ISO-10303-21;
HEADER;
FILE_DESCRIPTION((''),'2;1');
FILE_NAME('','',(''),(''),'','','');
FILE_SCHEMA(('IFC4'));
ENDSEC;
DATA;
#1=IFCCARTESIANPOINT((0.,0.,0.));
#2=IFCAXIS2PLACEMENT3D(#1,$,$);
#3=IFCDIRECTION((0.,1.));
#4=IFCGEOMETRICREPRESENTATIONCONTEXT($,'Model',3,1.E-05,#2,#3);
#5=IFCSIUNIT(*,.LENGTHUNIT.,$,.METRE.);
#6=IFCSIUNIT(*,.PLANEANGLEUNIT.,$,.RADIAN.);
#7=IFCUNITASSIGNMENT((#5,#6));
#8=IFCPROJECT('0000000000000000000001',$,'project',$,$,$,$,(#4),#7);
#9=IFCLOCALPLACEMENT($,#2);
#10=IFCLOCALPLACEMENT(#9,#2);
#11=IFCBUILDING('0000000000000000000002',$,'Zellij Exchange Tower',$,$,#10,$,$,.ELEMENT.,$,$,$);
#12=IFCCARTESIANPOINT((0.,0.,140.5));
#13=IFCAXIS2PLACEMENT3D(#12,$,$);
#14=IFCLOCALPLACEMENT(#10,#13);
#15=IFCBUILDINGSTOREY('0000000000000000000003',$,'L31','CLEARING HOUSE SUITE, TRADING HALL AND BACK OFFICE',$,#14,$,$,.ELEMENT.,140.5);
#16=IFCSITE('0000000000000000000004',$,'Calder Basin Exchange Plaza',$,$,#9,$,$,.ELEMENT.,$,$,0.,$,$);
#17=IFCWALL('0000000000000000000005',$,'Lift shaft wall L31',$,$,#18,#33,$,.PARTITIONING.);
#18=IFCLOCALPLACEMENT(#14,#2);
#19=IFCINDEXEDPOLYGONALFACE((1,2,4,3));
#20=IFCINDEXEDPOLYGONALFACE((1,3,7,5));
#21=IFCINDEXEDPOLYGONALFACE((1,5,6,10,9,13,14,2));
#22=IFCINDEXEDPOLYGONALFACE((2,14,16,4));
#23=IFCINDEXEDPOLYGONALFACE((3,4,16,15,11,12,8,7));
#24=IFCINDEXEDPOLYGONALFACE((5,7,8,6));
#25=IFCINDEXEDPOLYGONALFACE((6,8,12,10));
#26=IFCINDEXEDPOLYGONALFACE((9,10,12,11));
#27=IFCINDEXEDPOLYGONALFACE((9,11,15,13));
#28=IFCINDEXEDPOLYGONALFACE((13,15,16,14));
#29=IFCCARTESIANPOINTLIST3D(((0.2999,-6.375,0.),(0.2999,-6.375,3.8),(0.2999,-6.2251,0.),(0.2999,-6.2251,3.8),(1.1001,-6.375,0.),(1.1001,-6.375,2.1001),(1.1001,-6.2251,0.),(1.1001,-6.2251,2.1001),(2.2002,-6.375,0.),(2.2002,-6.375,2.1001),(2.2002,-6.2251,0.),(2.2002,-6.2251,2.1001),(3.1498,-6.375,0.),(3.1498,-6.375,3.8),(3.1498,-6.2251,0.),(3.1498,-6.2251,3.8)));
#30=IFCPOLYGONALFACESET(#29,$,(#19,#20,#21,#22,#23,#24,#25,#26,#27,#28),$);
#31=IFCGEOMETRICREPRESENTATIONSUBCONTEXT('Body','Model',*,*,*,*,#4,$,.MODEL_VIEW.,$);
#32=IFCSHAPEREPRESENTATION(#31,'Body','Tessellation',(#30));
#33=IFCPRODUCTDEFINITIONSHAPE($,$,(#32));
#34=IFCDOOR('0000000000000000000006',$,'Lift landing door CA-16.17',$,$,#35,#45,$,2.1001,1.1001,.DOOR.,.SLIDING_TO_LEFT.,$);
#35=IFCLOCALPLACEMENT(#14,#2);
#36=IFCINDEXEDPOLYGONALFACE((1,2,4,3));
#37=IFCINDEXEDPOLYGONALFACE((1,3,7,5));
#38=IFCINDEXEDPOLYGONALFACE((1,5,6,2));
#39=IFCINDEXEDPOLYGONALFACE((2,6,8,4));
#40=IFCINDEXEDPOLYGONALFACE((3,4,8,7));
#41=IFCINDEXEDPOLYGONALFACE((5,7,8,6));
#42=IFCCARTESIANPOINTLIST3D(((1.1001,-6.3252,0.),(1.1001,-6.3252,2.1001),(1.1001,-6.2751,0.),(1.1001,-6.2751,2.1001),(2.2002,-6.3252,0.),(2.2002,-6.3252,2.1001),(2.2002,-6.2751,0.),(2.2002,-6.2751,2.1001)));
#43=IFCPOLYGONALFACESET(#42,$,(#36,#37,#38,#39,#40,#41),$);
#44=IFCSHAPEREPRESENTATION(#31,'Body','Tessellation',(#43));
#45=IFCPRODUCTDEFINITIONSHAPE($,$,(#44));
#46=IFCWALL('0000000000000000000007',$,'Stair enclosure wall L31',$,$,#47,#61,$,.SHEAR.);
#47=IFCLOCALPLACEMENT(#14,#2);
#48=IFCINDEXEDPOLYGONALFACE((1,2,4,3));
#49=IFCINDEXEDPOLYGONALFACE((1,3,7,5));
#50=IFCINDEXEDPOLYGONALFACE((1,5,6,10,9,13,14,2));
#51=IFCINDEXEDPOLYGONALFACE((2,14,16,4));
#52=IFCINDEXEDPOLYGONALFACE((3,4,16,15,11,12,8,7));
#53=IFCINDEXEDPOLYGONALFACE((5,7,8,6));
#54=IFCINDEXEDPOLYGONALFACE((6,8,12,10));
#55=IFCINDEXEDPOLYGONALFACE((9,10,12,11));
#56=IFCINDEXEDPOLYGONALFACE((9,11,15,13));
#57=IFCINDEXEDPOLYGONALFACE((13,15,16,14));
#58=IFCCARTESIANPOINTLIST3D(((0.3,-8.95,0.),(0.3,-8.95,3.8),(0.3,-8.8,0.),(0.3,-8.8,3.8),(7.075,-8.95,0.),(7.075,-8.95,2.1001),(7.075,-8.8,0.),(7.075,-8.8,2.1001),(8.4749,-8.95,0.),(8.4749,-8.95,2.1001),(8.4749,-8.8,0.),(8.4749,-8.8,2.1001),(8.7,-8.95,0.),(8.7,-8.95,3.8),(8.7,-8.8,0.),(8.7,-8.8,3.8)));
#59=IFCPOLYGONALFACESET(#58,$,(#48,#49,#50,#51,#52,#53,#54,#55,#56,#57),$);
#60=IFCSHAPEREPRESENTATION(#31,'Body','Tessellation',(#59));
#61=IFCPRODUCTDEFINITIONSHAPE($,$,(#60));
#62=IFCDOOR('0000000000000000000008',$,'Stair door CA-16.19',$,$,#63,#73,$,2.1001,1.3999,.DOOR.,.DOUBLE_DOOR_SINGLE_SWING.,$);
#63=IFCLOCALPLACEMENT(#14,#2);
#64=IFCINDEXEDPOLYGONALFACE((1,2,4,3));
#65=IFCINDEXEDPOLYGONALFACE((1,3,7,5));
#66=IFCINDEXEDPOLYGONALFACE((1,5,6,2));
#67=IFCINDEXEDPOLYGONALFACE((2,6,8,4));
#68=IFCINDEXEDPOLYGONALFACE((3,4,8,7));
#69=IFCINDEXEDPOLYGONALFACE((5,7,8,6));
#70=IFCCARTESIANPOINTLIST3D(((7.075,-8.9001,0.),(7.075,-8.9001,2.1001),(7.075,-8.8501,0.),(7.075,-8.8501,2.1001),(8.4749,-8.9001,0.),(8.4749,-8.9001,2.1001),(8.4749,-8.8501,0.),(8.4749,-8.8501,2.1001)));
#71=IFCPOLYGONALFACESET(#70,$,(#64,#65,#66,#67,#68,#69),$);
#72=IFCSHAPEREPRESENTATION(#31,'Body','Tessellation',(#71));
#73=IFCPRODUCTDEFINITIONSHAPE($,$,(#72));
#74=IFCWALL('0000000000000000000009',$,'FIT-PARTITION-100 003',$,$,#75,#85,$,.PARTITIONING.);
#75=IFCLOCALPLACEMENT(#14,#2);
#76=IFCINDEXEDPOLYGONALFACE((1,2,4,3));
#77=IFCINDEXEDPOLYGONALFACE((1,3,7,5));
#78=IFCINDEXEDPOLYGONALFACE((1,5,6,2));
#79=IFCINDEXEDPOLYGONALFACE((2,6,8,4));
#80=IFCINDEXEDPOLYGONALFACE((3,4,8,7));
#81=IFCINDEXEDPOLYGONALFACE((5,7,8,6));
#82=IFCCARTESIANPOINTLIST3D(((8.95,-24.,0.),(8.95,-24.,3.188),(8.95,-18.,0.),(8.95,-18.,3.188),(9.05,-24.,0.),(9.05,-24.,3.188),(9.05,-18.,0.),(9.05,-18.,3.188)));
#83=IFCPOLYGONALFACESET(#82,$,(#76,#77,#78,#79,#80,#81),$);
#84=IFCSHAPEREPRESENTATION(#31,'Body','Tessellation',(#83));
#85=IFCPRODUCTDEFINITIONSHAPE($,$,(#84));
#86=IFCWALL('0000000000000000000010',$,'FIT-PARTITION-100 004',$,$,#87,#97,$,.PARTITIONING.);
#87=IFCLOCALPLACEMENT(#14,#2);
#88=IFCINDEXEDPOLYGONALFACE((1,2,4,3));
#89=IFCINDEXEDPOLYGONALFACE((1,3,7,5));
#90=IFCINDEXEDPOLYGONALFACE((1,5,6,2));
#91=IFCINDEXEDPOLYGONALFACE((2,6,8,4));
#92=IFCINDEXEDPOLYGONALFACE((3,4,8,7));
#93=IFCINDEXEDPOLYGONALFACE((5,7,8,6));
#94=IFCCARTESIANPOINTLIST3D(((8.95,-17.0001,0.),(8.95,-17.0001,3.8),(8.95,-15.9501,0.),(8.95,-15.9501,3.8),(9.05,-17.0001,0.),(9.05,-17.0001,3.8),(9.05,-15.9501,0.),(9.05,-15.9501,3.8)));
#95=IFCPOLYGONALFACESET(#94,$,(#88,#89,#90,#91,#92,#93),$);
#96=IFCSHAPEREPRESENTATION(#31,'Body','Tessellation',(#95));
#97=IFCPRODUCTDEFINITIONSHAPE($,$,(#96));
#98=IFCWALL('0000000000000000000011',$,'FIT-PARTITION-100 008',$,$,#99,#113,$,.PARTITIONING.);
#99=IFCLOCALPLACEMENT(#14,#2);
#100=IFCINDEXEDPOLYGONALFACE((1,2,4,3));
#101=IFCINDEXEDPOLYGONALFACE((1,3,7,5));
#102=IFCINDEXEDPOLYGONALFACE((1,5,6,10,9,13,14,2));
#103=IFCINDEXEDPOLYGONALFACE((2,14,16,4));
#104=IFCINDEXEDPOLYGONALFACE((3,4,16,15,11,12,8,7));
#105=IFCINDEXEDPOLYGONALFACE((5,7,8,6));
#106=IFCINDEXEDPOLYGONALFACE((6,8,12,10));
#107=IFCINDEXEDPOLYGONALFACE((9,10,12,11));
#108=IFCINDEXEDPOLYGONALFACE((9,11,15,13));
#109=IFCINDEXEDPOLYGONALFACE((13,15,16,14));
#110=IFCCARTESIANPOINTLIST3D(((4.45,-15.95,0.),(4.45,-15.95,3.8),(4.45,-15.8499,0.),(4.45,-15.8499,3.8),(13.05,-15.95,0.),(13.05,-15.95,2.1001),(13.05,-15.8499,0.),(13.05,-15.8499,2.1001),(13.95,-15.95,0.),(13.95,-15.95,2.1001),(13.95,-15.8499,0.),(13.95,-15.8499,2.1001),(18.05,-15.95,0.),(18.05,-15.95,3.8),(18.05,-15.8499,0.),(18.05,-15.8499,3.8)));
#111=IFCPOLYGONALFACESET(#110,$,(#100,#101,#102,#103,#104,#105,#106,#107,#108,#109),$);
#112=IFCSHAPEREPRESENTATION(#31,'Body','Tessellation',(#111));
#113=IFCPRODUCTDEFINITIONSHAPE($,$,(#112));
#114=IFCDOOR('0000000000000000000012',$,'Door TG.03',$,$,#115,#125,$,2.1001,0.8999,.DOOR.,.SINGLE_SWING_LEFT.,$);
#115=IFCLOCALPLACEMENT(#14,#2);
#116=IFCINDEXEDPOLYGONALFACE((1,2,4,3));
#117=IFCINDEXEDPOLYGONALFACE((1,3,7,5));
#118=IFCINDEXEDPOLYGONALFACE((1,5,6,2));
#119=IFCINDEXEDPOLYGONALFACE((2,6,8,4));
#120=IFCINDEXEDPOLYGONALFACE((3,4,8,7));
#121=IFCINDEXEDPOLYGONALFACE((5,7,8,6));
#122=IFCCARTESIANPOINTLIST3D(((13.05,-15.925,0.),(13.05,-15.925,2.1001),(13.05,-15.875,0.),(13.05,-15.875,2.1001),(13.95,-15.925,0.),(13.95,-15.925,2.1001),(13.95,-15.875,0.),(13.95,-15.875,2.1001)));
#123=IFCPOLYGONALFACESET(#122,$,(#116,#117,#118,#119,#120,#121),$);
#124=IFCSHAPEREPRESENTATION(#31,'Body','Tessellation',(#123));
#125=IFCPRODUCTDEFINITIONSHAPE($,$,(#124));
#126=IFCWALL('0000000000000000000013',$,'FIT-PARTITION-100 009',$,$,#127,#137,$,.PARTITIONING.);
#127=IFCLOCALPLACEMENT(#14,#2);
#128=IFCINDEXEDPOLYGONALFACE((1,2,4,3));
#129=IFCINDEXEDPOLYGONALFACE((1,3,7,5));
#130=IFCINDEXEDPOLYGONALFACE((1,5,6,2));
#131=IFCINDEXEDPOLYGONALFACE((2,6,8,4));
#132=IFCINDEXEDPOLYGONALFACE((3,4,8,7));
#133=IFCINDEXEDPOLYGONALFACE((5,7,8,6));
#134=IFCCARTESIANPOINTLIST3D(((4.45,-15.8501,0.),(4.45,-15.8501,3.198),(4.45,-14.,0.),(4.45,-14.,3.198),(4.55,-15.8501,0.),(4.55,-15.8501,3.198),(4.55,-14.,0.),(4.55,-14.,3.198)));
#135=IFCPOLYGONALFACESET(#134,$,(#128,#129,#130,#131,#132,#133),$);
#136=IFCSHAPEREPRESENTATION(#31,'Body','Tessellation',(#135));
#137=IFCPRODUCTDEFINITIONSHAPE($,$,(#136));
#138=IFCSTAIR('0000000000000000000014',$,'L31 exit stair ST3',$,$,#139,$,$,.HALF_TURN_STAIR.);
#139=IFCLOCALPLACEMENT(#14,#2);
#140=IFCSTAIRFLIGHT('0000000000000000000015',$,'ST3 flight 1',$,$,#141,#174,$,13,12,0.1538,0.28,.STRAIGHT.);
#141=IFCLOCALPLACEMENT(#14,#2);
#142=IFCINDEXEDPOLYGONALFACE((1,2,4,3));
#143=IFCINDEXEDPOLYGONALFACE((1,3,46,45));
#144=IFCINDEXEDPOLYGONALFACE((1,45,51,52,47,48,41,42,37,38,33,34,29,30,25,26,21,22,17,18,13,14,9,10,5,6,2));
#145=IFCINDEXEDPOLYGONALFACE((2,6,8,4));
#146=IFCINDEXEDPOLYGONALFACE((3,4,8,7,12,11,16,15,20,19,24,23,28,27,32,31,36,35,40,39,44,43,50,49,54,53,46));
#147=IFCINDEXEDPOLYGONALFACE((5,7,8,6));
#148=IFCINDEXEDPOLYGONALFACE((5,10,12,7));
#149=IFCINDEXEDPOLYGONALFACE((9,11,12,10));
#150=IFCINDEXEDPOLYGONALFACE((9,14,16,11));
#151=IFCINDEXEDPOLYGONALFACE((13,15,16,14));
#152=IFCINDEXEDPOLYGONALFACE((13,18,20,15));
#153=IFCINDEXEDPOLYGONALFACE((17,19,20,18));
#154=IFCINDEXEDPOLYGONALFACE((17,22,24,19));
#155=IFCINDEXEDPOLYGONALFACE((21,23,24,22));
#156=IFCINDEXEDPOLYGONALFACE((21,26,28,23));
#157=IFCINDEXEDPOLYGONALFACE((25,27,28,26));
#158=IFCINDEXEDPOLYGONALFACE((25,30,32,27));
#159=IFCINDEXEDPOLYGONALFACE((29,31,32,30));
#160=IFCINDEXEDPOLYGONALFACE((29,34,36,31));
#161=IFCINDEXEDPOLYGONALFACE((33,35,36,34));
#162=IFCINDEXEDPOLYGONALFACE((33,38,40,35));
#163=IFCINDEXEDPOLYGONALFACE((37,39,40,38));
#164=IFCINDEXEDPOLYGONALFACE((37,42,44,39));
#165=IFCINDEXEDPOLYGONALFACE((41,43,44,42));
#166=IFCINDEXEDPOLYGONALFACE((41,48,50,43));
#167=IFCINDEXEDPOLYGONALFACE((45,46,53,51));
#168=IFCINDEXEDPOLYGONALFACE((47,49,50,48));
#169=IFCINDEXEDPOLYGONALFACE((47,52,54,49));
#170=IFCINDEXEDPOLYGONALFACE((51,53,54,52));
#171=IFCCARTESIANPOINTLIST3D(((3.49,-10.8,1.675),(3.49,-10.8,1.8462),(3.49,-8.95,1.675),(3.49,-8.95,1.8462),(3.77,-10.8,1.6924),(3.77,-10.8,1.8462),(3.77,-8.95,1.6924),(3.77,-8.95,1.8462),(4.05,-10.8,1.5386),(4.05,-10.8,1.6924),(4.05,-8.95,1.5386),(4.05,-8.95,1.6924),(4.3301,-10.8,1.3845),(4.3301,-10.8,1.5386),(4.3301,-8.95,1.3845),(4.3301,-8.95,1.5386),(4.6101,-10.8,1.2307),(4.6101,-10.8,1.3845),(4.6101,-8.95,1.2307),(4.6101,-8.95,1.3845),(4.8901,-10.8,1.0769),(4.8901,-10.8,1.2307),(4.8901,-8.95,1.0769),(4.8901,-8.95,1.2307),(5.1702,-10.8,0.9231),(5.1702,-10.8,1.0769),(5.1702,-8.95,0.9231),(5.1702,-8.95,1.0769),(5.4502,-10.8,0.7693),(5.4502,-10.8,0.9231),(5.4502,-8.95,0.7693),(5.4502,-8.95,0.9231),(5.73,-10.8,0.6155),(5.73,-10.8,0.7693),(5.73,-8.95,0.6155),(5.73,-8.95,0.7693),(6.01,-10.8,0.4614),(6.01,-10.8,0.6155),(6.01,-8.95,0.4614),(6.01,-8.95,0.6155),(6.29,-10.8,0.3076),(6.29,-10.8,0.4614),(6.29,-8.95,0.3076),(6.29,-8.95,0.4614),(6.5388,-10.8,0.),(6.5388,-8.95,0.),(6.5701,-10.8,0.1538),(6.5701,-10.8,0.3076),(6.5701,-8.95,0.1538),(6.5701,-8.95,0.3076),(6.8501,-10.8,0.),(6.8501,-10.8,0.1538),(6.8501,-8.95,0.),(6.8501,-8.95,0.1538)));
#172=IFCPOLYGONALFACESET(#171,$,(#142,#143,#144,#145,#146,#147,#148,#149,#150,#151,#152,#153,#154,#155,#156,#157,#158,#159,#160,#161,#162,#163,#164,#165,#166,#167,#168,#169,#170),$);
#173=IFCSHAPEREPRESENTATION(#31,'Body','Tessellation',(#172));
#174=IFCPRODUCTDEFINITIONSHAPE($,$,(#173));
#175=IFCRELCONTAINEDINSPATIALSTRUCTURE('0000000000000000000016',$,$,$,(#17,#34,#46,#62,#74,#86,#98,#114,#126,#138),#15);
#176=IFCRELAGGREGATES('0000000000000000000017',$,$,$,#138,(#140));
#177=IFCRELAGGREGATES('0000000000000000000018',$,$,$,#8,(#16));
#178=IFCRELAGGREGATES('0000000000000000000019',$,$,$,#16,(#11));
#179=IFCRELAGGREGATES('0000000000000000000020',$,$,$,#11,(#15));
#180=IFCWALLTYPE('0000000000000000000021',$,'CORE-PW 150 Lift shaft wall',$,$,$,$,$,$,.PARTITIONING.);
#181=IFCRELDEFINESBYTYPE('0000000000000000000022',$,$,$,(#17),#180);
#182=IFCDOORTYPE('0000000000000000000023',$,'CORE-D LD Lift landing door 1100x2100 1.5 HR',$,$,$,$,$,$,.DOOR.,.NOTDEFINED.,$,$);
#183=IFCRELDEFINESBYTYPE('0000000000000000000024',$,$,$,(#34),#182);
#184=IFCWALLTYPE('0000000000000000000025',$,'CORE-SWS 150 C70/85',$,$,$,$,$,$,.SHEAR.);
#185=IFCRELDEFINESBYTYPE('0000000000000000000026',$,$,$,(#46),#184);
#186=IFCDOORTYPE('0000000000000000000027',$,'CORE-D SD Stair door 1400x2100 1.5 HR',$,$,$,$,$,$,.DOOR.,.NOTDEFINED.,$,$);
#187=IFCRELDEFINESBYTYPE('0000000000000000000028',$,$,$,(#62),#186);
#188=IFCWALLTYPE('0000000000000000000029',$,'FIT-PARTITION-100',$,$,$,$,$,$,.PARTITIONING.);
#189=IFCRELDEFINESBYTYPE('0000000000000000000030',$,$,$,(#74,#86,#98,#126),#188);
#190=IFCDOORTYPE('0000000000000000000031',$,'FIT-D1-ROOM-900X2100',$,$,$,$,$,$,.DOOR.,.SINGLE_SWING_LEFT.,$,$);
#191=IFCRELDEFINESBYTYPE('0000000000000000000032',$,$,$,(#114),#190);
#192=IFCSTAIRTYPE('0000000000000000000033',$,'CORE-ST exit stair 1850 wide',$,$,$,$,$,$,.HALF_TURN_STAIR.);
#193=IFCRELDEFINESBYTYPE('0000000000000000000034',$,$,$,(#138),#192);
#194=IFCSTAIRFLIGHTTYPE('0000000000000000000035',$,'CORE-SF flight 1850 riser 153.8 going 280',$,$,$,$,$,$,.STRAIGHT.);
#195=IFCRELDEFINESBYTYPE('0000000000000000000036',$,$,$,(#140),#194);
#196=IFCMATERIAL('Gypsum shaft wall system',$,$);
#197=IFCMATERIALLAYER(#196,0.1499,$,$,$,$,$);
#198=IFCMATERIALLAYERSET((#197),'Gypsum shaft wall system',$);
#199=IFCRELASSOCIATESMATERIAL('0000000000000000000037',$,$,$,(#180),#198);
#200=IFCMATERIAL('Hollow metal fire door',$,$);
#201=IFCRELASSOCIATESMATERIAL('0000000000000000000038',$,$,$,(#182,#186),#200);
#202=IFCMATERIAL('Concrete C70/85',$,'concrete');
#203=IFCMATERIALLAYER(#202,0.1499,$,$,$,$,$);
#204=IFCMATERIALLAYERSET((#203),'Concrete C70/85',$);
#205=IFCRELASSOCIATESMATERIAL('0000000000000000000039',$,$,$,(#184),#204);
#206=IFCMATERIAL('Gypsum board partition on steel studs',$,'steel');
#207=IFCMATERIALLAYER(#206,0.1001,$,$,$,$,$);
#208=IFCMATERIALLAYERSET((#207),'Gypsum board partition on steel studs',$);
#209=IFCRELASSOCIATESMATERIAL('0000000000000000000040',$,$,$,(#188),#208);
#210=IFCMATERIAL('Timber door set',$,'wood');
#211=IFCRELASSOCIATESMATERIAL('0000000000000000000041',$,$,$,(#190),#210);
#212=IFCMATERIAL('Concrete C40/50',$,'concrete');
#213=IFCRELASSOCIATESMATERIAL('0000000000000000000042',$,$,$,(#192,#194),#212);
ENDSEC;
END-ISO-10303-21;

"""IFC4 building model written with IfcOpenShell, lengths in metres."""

from ifc_helpers import new_model, si_unit, direction, frame, frame_2d, origin, place, context, subcontext, project, spatial, polyline, rectangle, outline, extrude, material, layer, layer_set, type_object, element, fill, aggregate, save


model = new_model("IFC4")

# Units and contexts
model_context = context("Model", 3, precision=1e-05, world=origin(), true_north=direction((0.0, 1.0)))
body_context = subcontext(model_context, "Body", "Model", "MODEL_VIEW")
ifc_project = project(units=[si_unit("LENGTHUNIT", "METRE"), si_unit("PLANEANGLEUNIT", "RADIAN")], contexts=[model_context])

# Site, building, storey
site_placement = place(None, origin())
site = spatial("IfcSite", under=ifc_project, at=site_placement, Name="Calder Basin Exchange Plaza", CompositionType="ELEMENT", RefElevation=0.0)
building_placement = place(site_placement, origin())
building = spatial("IfcBuilding", under=site, at=building_placement, Name="Zellij Exchange Tower", CompositionType="ELEMENT")
storey_placement = place(building_placement, frame((0.0, 0.0, 140.5)))
storey = spatial("IfcBuildingStorey", under=building, at=storey_placement, Name="L31", Description="CLEARING HOUSE SUITE, TRADING HALL AND BACK OFFICE", CompositionType="ELEMENT", Elevation=140.5)

# Shared definitions
ifc_material_1 = material(Name="Concrete C70/85", Category="concrete")

# Shared definitions
ifc_material_2 = material(Name="Gypsum shaft wall system")
ifc_material_3 = material(Name="Hollow metal fire door")

# Shared definitions
ifc_layer_1 = layer(ifc_material_2, 0.1499)
ifc_layer_set_1 = layer_set([ifc_layer_1], Name="Gypsum shaft wall system")
wall_type_1 = type_object("IfcWallType", Name="CORE-PW 150 Lift shaft wall", PredefinedType="PARTITIONING", material=ifc_layer_set_1)

# Walls, openings, doors
wall_1_placement = place(storey_placement, frame((0.3, -6.3, 0.0), z_axis=(0.0, 0.0, 1.0), x_axis=(1.0, 0.0, 0.0)))
wall_1 = element("IfcWall", 1, at=wall_1_placement, inside=storey, type_object=wall_type_1, Name="Lift shaft wall L31", PredefinedType="PARTITIONING", context=body_context, shape_type="SweptSolid", body=[
    extrude(rectangle(XDim=2.8499, YDim=0.1499, at=frame_2d((1.4248, 0.0))), origin(), (0.0, 0.0, 1.0), 3.8),
])
opening_1_placement = place(wall_1_placement, frame((0.8, 0.0, 0.0)))
opening_1 = element("IfcOpeningElement", 2, at=opening_1_placement, cuts=wall_1, PredefinedType="OPENING", context=body_context, shape_type="SweptSolid", body=[
    extrude(rectangle(XDim=1.1001, YDim=2.1001, at=frame_2d((0.55, 1.05))), frame((0.0, 0.0869, 0.0), z_axis=(0.0, -1.0, 0.0), x_axis=(1.0, 0.0, 0.0)), (0.0, 0.0, 1.0), 0.1738),
])
door_type_1 = type_object("IfcDoorType", Name="CORE-D LD Lift landing door 1100x2100 1.5 HR", OperationType="NOTDEFINED", PredefinedType="DOOR", material=ifc_material_3)
door_1_placement = place(opening_1_placement, origin())
door_1 = element("IfcDoor", 3, at=door_1_placement, inside=storey, type_object=door_type_1, Name="Lift landing door CA-16.17", OperationType="SLIDING_TO_LEFT", OverallHeight=2.1001, OverallWidth=1.1001, PredefinedType="DOOR", context=body_context, shape_type="SweptSolid", body=[
    extrude(rectangle(XDim=1.1001, YDim=2.1001, at=frame_2d((0.55, 1.05))), frame((0.0, 0.0249, 0.0), z_axis=(0.0, -1.0, 0.0), x_axis=(1.0, 0.0, 0.0)), (0.0, 0.0, 1.0), 0.05),
])
fill(opening_1, door_1)
ifc_layer_2 = layer(ifc_material_1, 0.1499)
ifc_layer_set_2 = layer_set([ifc_layer_2], Name="Concrete C70/85")
wall_type_2 = type_object("IfcWallType", Name="CORE-SWS 150 C70/85", PredefinedType="SHEAR", material=ifc_layer_set_2)
wall_2_placement = place(storey_placement, frame((0.3, -8.875, 0.0), z_axis=(0.0, 0.0, 1.0), x_axis=(1.0, 0.0, 0.0)))
wall_2 = element("IfcWall", 4, at=wall_2_placement, inside=storey, type_object=wall_type_2, Name="Stair enclosure wall L31", PredefinedType="SHEAR", context=body_context, shape_type="SweptSolid", body=[
    extrude(rectangle(XDim=8.3999, YDim=0.1499, at=frame_2d((4.2, 0.0))), origin(), (0.0, 0.0, 1.0), 3.8),
])
opening_2_placement = place(wall_2_placement, frame((6.7749, 0.0, 0.0)))
opening_2 = element("IfcOpeningElement", 5, at=opening_2_placement, cuts=wall_2, PredefinedType="OPENING", context=body_context, shape_type="SweptSolid", body=[
    extrude(rectangle(XDim=1.3999, YDim=2.1001, at=frame_2d((0.7, 1.05))), frame((0.0, 0.0869, 0.0), z_axis=(0.0, -1.0, 0.0), x_axis=(1.0, 0.0, 0.0)), (0.0, 0.0, 1.0), 0.1738),
])
door_type_2 = type_object("IfcDoorType", Name="CORE-D SD Stair door 1400x2100 1.5 HR", OperationType="NOTDEFINED", PredefinedType="DOOR", material=ifc_material_3)
door_2_placement = place(opening_2_placement, origin())
door_2 = element("IfcDoor", 6, at=door_2_placement, inside=storey, type_object=door_type_2, Name="Stair door CA-16.19", OperationType="DOUBLE_DOOR_SINGLE_SWING", OverallHeight=2.1001, OverallWidth=1.3999, PredefinedType="DOOR", context=body_context, shape_type="SweptSolid", body=[
    extrude(rectangle(XDim=1.3999, YDim=2.1001, at=frame_2d((0.7, 1.05))), frame((0.0, 0.0249, 0.0), z_axis=(0.0, -1.0, 0.0), x_axis=(1.0, 0.0, 0.0)), (0.0, 0.0, 1.0), 0.05),
])
fill(opening_2, door_2)

# Walls
ifc_material_4 = material(Name="Gypsum board partition on steel studs", Category="steel")
ifc_layer_3 = layer(ifc_material_4, 0.1001)
ifc_layer_set_3 = layer_set([ifc_layer_3], Name="Gypsum board partition on steel studs")
wall_type_3 = type_object("IfcWallType", Name="FIT-PARTITION-100", PredefinedType="PARTITIONING", material=ifc_layer_set_3)
wall_3_placement = place(storey_placement, frame((9.0, -24.0, 0.0), z_axis=(0.0, 0.0, 1.0), x_axis=(0.0, 1.0, 0.0)))
element("IfcWall", 7, at=wall_3_placement, inside=storey, type_object=wall_type_3, Name="FIT-PARTITION-100 003", PredefinedType="PARTITIONING", context=body_context, shape_type="SweptSolid", body=[
    extrude(rectangle(XDim=6.0, YDim=0.1001, at=frame_2d((3.0, 0.0))), origin(), (0.0, 0.0, 1.0), 3.188),
])
wall_4_placement = place(storey_placement, frame((9.0, -17.0, 0.0), z_axis=(0.0, 0.0, 1.0), x_axis=(0.0, 1.0, 0.0)))
element("IfcWall", 8, at=wall_4_placement, inside=storey, type_object=wall_type_3, Name="FIT-PARTITION-100 004", PredefinedType="PARTITIONING", context=body_context, shape_type="SweptSolid", body=[
    extrude(rectangle(XDim=1.05, YDim=0.1001, at=frame_2d((0.5249, 0.0))), origin(), (0.0, 0.0, 1.0), 3.8),
])

# Wall, opening, door
wall_5_placement = place(storey_placement, frame((4.45, -15.8999, 0.0), z_axis=(0.0, 0.0, 1.0), x_axis=(1.0, 0.0, 0.0)))
wall_5 = element("IfcWall", 9, at=wall_5_placement, inside=storey, type_object=wall_type_3, Name="FIT-PARTITION-100 008", PredefinedType="PARTITIONING", context=body_context, shape_type="SweptSolid", body=[
    extrude(rectangle(XDim=13.6001, YDim=0.1001, at=frame_2d((6.8, 0.0))), origin(), (0.0, 0.0, 1.0), 3.8),
])
opening_3_placement = place(wall_5_placement, frame((8.6001, 0.0, 0.0)))
opening_3 = element("IfcOpeningElement", 10, at=opening_3_placement, cuts=wall_5, PredefinedType="OPENING", context=body_context, shape_type="SweptSolid", body=[
    extrude(rectangle(XDim=0.8999, YDim=2.1001, at=frame_2d((0.45, 1.05))), frame((0.0, 0.062, 0.0), z_axis=(0.0, -1.0, 0.0), x_axis=(1.0, 0.0, 0.0)), (0.0, 0.0, 1.0), 0.124),
])
ifc_material_5 = material(Name="Timber door set", Category="wood")
door_type_3 = type_object("IfcDoorType", Name="FIT-D1-ROOM-900X2100", OperationType="SINGLE_SWING_LEFT", PredefinedType="DOOR", material=ifc_material_5)
door_3_placement = place(opening_3_placement, origin())
door_3 = element("IfcDoor", 11, at=door_3_placement, inside=storey, type_object=door_type_3, Name="Door TG.03", OperationType="SINGLE_SWING_LEFT", OverallHeight=2.1001, OverallWidth=0.8999, PredefinedType="DOOR", context=body_context, shape_type="SweptSolid", body=[
    extrude(rectangle(XDim=0.8999, YDim=2.1001, at=frame_2d((0.45, 1.05))), frame((0.0, 0.0249, 0.0), z_axis=(0.0, -1.0, 0.0), x_axis=(1.0, 0.0, 0.0)), (0.0, 0.0, 1.0), 0.05),
])
fill(opening_3, door_3)

# Wall
wall_6_placement = place(storey_placement, frame((4.5, -15.8501, 0.0), z_axis=(0.0, 0.0, 1.0), x_axis=(0.0, 1.0, 0.0)))
element("IfcWall", 12, at=wall_6_placement, inside=storey, type_object=wall_type_3, Name="FIT-PARTITION-100 009", PredefinedType="PARTITIONING", context=body_context, shape_type="SweptSolid", body=[
    extrude(rectangle(XDim=1.8501, YDim=0.1001, at=frame_2d((0.925, 0.0))), origin(), (0.0, 0.0, 1.0), 3.198),
])

# Stair, stair flight
ifc_material_6 = material(Name="Concrete C40/50", Category="concrete")
stair_type = type_object("IfcStairType", Name="CORE-ST exit stair 1850 wide", PredefinedType="HALF_TURN_STAIR", material=ifc_material_6)
stair_placement = place(storey_placement, origin())
stair = element("IfcStair", 13, at=stair_placement, inside=storey, type_object=stair_type, Name="L31 exit stair ST3", PredefinedType="HALF_TURN_STAIR")
stair_flight_type = type_object("IfcStairFlightType", Name="CORE-SF flight 1850 riser 153.8 going 280", PredefinedType="STRAIGHT", material=ifc_material_6)
stair_flight_1_placement = place(storey_placement, frame((6.8501, -9.875, 0.0), z_axis=(0.0, 0.0, 1.0), x_axis=(-1.0, 0.0, 0.0)))
stair_flight_1 = element("IfcStairFlight", 14, at=stair_flight_1_placement, type_object=stair_flight_type, Name="ST3 flight 1", NumberOfRisers=13, NumberOfTreads=12, PredefinedType="STRAIGHT", RiserHeight=0.1538, TreadLength=0.28, context=body_context, shape_type="SweptSolid", body=[
    extrude(outline(polyline([(0.0, 0.0), (0.0, 0.1538), (0.28, 0.1538), (0.28, 0.3076), (0.5601, 0.3076), (0.5601, 0.4614), (0.8401, 0.4614), (0.8401, 0.6155), (1.1201, 0.6155), (1.1201, 0.7693), (1.3999, 0.7693), (1.3999, 0.9231), (1.6799, 0.9231), (1.6799, 1.0769), (1.96, 1.0769), (1.96, 1.2307), (2.24, 1.2307), (2.24, 1.3845), (2.52, 1.3845), (2.52, 1.5386), (2.8, 1.5386), (2.8, 1.6924), (3.0801, 1.6924), (3.0801, 1.8462), (3.3601, 1.8462), (3.3601, 2.0), (3.3601, 1.675), (0.3113, 0.0), (0.0, 0.0)])), frame((0.0, 0.925, 0.0), z_axis=(0.0, -1.0, 0.0), x_axis=(1.0, 0.0, 0.0)), (0.0, 0.0, 1.0), 1.8501),
])
aggregate(stair, [stair_flight_1])

save(model, "model.ifc")
